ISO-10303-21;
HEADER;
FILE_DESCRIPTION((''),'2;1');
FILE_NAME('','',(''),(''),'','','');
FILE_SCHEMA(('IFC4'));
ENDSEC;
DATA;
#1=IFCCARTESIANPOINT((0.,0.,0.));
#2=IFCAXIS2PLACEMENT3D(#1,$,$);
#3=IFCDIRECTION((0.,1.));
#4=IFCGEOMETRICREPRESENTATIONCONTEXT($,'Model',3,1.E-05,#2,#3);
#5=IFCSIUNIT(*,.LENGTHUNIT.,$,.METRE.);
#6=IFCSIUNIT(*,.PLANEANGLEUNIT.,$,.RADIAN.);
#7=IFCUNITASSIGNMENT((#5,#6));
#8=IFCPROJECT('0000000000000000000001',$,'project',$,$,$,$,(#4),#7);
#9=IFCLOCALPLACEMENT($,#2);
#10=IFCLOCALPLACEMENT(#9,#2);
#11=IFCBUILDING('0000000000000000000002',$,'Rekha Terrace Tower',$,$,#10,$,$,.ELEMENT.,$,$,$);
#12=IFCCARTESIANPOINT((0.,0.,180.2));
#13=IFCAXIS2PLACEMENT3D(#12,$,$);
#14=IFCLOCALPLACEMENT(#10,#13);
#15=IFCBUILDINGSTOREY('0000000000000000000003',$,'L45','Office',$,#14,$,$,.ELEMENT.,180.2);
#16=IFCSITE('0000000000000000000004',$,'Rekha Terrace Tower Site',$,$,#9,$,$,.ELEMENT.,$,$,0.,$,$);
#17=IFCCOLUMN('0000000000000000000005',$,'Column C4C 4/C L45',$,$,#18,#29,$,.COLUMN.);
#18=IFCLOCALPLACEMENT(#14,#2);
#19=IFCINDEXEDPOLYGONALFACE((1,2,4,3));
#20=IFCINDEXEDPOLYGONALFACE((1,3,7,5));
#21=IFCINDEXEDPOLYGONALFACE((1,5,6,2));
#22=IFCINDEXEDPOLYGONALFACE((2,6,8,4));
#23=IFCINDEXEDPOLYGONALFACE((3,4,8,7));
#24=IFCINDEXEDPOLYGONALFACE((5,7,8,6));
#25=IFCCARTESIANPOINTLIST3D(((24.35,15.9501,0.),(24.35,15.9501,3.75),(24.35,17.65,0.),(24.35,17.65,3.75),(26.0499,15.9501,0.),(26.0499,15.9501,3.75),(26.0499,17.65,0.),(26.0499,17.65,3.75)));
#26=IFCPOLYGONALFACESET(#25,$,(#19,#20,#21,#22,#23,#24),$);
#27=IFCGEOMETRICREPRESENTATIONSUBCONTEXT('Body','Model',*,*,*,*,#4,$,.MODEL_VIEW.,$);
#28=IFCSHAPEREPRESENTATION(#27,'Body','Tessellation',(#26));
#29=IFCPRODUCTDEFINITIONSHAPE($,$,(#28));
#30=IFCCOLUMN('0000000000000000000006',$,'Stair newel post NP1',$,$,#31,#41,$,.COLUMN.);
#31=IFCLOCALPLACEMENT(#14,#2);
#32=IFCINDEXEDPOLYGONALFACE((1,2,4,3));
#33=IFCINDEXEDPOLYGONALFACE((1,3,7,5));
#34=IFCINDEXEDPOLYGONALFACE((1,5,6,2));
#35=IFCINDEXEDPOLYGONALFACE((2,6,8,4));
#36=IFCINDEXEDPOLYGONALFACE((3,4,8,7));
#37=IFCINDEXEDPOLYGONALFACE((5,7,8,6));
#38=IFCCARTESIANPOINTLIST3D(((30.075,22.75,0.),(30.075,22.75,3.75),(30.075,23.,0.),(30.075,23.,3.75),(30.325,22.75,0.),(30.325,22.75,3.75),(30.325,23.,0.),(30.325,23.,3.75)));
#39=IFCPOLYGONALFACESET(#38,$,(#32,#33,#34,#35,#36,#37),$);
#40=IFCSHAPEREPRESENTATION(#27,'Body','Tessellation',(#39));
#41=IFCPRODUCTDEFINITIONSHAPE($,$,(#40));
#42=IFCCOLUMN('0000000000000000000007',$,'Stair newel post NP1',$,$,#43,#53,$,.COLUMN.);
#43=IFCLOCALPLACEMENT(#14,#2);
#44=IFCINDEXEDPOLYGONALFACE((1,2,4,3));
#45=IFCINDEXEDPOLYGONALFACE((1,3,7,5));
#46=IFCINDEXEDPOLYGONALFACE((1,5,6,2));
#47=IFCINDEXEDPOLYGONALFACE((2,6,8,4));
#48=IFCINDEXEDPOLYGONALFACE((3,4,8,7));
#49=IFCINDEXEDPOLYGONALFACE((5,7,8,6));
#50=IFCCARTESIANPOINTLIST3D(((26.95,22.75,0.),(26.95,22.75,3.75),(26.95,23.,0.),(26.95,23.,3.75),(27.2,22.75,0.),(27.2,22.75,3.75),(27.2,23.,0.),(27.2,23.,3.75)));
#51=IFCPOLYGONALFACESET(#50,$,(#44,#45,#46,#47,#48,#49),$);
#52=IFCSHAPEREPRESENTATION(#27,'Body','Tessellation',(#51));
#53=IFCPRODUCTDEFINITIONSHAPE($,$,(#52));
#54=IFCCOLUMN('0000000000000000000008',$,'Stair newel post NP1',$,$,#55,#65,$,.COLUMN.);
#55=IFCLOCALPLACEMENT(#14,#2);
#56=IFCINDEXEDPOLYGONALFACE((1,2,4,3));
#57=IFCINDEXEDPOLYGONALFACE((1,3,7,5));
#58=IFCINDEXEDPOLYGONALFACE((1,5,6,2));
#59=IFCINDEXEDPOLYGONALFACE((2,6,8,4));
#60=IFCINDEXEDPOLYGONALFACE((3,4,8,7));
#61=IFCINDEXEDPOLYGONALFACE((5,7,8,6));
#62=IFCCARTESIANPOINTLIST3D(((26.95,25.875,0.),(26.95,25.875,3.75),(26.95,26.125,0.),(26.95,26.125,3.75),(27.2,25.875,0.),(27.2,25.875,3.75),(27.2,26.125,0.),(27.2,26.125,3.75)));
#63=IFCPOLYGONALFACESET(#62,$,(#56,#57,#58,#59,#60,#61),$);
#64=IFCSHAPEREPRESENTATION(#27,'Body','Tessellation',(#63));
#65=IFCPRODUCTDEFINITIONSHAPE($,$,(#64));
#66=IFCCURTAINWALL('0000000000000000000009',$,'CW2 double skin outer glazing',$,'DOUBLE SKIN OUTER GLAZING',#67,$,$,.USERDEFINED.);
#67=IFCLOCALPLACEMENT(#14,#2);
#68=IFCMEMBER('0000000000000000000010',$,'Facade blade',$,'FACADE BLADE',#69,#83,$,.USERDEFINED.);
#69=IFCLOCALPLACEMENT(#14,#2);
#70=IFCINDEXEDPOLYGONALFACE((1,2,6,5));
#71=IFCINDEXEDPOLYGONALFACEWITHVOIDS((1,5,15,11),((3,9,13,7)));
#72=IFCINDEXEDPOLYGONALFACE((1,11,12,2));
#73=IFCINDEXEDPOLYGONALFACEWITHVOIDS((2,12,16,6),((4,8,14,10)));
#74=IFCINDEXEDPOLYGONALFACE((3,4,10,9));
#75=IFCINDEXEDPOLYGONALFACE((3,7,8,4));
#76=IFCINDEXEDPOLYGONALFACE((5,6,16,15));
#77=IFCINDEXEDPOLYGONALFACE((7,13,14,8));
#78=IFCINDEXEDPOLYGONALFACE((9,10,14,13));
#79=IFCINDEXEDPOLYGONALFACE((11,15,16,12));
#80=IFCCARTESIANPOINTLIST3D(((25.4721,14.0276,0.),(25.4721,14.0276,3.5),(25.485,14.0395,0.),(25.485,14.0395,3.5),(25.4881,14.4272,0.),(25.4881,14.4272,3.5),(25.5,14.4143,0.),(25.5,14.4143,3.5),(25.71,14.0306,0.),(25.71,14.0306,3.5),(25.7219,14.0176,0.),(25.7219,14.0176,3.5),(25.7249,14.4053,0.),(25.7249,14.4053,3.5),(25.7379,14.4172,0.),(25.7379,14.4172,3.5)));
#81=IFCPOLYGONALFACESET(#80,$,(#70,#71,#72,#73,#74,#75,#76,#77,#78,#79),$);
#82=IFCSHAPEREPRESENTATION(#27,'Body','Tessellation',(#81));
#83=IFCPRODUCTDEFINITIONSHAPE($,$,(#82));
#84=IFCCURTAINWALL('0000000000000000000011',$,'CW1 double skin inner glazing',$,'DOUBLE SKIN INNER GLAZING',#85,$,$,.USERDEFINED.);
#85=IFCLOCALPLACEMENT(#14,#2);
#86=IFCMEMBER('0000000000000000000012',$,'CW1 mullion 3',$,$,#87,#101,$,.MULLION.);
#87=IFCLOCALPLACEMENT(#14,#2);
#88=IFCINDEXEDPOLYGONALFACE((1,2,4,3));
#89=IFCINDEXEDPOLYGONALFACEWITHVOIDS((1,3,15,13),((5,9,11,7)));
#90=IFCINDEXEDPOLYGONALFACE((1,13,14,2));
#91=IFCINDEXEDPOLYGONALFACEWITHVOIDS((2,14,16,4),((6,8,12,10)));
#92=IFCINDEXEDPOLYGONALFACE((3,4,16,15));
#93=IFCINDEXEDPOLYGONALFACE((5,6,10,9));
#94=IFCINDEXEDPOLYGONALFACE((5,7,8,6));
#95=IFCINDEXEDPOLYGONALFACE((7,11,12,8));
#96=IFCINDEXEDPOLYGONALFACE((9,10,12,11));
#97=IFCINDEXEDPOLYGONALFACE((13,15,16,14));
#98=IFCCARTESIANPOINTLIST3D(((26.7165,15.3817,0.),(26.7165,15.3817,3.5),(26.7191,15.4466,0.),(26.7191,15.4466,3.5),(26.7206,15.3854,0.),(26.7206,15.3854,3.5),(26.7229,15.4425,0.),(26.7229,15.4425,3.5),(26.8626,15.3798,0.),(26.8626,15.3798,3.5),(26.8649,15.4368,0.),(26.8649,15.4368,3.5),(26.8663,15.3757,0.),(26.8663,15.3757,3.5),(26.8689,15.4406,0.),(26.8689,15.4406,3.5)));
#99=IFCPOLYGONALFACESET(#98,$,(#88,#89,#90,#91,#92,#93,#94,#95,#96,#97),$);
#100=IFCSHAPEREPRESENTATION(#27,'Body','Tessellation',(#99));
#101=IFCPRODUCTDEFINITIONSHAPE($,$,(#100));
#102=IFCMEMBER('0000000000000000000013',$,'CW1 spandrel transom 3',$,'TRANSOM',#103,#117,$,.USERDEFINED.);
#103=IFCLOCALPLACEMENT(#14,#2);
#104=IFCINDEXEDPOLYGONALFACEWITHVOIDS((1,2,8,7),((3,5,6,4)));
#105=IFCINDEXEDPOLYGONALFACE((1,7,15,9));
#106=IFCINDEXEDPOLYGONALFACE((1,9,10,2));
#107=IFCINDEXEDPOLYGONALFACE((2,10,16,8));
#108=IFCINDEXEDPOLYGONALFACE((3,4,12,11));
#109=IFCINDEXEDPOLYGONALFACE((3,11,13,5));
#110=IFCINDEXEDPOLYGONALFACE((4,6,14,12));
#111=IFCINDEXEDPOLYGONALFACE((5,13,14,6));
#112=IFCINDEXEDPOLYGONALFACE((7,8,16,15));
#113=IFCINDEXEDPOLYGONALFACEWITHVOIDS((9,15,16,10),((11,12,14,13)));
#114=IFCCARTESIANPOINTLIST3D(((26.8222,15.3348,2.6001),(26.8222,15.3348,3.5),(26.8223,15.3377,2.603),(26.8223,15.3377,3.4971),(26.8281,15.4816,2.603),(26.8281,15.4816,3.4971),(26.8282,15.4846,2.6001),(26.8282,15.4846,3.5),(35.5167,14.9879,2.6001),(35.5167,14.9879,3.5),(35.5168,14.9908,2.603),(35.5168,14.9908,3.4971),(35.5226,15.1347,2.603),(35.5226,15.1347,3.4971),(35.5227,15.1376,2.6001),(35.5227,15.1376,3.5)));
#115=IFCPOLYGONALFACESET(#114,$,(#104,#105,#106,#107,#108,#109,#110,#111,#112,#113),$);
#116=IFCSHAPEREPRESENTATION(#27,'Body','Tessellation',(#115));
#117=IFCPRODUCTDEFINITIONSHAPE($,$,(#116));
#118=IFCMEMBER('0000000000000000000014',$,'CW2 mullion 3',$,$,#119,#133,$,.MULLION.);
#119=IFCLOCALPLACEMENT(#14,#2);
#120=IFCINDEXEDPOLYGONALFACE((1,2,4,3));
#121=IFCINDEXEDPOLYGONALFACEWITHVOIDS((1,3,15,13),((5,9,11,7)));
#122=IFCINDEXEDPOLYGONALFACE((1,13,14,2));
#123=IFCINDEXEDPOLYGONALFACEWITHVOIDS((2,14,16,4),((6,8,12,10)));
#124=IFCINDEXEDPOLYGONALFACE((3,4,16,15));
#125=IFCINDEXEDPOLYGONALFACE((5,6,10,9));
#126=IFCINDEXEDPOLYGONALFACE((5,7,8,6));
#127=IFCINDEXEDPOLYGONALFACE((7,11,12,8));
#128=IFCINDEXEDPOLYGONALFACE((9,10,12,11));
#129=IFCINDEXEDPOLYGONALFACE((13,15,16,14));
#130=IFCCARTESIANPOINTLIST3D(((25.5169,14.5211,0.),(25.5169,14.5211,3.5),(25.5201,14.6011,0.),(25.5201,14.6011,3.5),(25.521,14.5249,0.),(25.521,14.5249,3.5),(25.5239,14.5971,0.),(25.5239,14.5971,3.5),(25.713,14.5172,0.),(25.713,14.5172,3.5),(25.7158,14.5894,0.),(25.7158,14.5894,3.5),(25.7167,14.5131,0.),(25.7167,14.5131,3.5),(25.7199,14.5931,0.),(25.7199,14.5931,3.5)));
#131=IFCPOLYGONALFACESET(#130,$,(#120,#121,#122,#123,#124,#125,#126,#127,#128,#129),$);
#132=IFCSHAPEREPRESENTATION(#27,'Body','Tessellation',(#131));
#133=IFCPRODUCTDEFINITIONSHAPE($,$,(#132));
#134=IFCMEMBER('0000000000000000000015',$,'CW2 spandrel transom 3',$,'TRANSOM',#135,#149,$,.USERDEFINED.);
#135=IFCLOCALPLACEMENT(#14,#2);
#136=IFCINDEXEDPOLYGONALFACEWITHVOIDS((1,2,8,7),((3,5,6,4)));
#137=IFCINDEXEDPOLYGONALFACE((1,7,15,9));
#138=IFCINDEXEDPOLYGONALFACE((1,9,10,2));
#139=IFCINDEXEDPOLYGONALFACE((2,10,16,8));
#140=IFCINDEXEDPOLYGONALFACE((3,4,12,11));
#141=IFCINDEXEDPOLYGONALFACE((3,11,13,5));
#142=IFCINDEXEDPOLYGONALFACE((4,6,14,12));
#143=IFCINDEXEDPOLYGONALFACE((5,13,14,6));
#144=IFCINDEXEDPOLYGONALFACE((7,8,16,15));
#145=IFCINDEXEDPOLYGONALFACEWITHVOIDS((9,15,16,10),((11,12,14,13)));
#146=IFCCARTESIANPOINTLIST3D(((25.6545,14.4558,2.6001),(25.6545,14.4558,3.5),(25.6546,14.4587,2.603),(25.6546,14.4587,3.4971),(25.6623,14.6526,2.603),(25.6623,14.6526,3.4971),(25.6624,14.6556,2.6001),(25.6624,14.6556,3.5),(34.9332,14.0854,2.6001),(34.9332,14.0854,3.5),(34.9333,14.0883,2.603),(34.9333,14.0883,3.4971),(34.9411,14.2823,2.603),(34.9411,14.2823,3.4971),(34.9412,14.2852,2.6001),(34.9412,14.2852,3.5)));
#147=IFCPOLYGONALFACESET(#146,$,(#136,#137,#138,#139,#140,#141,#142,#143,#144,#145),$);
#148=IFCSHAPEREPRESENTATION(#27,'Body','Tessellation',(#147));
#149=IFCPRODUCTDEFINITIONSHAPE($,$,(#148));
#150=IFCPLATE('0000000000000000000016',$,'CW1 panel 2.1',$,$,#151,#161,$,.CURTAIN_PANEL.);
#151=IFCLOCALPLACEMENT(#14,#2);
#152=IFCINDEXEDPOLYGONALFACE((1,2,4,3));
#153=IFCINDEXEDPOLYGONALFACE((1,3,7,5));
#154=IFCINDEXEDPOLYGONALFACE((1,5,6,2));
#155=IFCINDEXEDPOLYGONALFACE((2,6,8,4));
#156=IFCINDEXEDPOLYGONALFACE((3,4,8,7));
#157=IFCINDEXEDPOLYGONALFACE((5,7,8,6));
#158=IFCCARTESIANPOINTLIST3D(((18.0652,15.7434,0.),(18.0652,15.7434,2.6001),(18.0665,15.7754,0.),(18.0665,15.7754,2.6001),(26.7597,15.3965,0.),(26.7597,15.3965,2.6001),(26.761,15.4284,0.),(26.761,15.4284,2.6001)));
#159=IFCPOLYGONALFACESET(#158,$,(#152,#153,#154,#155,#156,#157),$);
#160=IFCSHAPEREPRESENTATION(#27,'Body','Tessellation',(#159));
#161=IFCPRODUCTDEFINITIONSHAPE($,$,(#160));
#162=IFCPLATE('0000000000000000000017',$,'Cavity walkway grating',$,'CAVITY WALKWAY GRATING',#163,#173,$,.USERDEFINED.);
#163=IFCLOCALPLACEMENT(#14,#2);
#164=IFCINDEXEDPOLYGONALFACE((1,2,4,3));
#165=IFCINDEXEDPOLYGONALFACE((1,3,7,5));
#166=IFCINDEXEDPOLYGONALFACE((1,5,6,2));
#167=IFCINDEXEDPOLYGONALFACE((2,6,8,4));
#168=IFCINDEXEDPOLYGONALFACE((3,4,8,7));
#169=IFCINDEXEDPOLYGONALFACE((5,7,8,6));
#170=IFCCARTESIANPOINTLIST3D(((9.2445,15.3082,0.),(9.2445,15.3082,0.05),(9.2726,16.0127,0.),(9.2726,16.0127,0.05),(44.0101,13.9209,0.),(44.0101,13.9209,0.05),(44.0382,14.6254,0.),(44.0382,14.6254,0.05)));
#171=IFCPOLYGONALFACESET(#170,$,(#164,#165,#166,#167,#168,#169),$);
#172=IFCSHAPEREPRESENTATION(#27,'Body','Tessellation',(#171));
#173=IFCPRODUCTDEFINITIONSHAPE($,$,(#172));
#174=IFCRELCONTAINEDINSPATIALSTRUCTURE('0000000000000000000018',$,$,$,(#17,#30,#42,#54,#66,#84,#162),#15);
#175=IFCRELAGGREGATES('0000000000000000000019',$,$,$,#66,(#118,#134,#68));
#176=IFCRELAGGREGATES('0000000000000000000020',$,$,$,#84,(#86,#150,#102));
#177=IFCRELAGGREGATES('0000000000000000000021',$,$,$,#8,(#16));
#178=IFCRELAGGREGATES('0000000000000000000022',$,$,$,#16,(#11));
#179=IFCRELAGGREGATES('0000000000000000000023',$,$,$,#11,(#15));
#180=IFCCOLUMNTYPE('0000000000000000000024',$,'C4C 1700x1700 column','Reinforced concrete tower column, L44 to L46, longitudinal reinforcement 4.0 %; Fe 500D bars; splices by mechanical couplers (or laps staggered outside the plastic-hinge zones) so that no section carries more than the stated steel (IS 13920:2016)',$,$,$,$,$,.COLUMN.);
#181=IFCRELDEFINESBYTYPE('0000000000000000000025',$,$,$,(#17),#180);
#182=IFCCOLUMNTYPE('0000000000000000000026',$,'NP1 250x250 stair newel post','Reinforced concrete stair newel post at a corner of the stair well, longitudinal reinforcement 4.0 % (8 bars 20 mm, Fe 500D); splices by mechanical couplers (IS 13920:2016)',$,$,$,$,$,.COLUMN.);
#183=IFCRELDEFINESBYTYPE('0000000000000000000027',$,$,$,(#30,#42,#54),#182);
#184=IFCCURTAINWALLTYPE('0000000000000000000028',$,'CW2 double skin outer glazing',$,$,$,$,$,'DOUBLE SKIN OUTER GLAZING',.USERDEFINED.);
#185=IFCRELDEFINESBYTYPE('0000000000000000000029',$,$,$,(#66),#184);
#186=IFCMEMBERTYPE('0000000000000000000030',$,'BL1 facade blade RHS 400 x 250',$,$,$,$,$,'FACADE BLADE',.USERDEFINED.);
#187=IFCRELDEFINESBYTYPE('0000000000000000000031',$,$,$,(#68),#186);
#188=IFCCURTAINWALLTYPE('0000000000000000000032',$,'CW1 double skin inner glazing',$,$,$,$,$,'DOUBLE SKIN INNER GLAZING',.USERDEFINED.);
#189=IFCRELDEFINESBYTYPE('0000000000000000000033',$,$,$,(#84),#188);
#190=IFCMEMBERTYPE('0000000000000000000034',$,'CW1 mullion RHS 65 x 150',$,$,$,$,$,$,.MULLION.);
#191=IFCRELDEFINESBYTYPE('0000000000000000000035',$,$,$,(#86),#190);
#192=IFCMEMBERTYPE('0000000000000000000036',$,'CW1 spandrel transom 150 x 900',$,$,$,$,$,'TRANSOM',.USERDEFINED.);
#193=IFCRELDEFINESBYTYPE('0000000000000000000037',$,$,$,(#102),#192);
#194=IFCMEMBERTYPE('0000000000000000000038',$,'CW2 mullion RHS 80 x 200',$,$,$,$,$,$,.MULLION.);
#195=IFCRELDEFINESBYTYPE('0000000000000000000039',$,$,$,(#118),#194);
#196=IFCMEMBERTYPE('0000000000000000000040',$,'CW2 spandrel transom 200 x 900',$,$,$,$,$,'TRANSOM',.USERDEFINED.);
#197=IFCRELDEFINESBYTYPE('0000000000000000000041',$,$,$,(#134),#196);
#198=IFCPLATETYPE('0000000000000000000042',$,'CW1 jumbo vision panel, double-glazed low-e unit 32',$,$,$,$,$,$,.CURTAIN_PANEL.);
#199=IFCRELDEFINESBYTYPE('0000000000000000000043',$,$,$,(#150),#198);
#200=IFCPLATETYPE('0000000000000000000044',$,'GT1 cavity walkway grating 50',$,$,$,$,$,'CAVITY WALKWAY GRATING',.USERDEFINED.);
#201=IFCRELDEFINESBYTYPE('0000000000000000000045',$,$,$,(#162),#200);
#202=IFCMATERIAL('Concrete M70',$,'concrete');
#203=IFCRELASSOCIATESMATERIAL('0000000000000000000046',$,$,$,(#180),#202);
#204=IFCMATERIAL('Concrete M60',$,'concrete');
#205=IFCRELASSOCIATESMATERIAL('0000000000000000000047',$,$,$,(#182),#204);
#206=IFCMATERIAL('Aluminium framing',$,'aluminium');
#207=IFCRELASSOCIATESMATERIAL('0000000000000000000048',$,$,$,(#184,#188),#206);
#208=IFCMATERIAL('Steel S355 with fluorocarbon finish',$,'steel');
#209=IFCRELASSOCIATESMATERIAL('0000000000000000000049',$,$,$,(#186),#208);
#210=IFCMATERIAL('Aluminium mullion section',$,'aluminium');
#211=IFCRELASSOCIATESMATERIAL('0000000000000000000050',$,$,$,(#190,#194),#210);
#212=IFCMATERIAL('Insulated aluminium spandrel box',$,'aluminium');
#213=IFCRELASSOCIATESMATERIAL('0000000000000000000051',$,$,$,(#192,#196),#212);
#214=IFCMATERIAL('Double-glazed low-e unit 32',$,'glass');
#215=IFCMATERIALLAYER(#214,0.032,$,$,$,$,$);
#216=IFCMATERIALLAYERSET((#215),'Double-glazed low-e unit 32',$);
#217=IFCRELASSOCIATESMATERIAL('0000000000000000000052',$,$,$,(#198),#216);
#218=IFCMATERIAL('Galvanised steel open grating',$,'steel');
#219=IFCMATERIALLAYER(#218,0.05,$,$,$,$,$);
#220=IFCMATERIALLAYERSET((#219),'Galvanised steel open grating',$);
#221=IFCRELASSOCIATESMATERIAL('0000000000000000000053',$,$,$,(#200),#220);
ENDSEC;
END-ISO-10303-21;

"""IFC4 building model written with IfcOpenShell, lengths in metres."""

from ifc_helpers import new_model, si_unit, direction, frame, origin, origin_2d, place, context, subcontext, project, spatial, rectangle, hollow_rectangle, extrude, material, layer, layer_set, material_profile, profile_set, type_object, element, aggregate, save


model = new_model("IFC4")

# Units and contexts
model_context = context("Model", 3, precision=1e-05, world=origin(), true_north=direction((0.0, 1.0)))
body_context = subcontext(model_context, "Body", "Model", "MODEL_VIEW")
ifc_project = project(units=[si_unit("LENGTHUNIT", "METRE"), si_unit("PLANEANGLEUNIT", "RADIAN")], contexts=[model_context])

# Site, building, storey
site_placement = place(None, origin())
site = spatial("IfcSite", under=ifc_project, at=site_placement, Name="Rekha Terrace Tower Site", CompositionType="ELEMENT", RefElevation=0.0)
building_placement = place(site_placement, origin())
building = spatial("IfcBuilding", under=site, at=building_placement, Name="Rekha Terrace Tower", CompositionType="ELEMENT")
storey_placement = place(building_placement, frame((0.0, 0.0, 180.2)))
storey = spatial("IfcBuildingStorey", under=building, at=storey_placement, Name="L45", Description="Office", CompositionType="ELEMENT", Elevation=180.2)

# Columns
ifc_material_1 = material(Name="Concrete M70", Category="concrete")
ifc_material_profile_1 = material_profile(ifc_material_1, rectangle(XDim=1.7, YDim=1.7, at=origin_2d()), Name="RC 1700x1700")
ifc_profile_set_1 = profile_set([ifc_material_profile_1], Name="Concrete M70")
column_type_1 = type_object("IfcColumnType", Name="C4C 1700x1700 column", Description="Reinforced concrete tower column, L44 to L46, longitudinal reinforcement 4.0 %; Fe 500D bars; splices by mechanical couplers (or laps staggered outside the plastic-hinge zones) so that no section carries more than the stated steel (IS 13920:2016)", PredefinedType="COLUMN", material=ifc_profile_set_1)
column_placement = place(storey_placement, frame((25.2, 16.8, 0.0), z_axis=(0.0, 0.0, 1.0), x_axis=(1.0, 0.0, 0.0)))
element("IfcColumn", 1, at=column_placement, inside=storey, type_object=column_type_1, Name="Column C4C 4/C L45", PredefinedType="COLUMN", context=body_context, shape_type="SweptSolid", body=[
    extrude(rectangle(XDim=1.7, YDim=1.7, at=origin_2d()), origin(), (0.0, 0.0, 1.0), 3.75),
])
ifc_material_2 = material(Name="Concrete M60", Category="concrete")
ifc_material_profile_2 = material_profile(ifc_material_2, rectangle(XDim=0.25, YDim=0.25, at=origin_2d()), Name="RC 250x250")
ifc_profile_set_2 = profile_set([ifc_material_profile_2], Name="Concrete M60")
column_type_2 = type_object("IfcColumnType", Name="NP1 250x250 stair newel post", Description="Reinforced concrete stair newel post at a corner of the stair well, longitudinal reinforcement 4.0 % (8 bars 20 mm, Fe 500D); splices by mechanical couplers (IS 13920:2016)", PredefinedType="COLUMN", material=ifc_profile_set_2)
for number, where, z_axis, x_axis, name in (
    (2, (30.2, 22.875, 0.0), (0.0, 0.0, 1.0), (1.0, 0.0, 0.0), "Stair newel post NP1"),
    (3, (27.075, 22.875, 0.0), (0.0, 0.0, 1.0), (1.0, 0.0, 0.0), "Stair newel post NP1"),
    (4, (27.075, 26.0, 0.0), (0.0, 0.0, 1.0), (1.0, 0.0, 0.0), "Stair newel post NP1"),
):
    element("IfcColumn", number, at=place(storey_placement, frame(where, z_axis=z_axis, x_axis=x_axis)), inside=storey, type_object=column_type_2, Name=name, PredefinedType="COLUMN", context=body_context, shape_type="SweptSolid", body=[
        extrude(rectangle(XDim=0.25, YDim=0.25, at=origin_2d()), origin(), (0.0, 0.0, 1.0), 3.75),
    ])

# Curtain wall, member
ifc_material_3 = material(Name="Aluminium framing", Category="aluminium")
curtain_wall_type_1 = type_object("IfcCurtainWallType", Name="CW2 double skin outer glazing", ElementType="DOUBLE SKIN OUTER GLAZING", PredefinedType="USERDEFINED", material=ifc_material_3)
curtain_wall_1_placement = place(storey_placement, origin())
curtain_wall_1 = element("IfcCurtainWall", 5, at=curtain_wall_1_placement, inside=storey, type_object=curtain_wall_type_1, Name="CW2 double skin outer glazing", ObjectType="DOUBLE SKIN OUTER GLAZING", PredefinedType="USERDEFINED")
ifc_material_4 = material(Name="Steel S355 with fluorocarbon finish", Category="steel")
ifc_material_profile_3 = material_profile(ifc_material_4, hollow_rectangle(XDim=0.25, YDim=0.3999, WallThickness=0.0125, at=origin_2d()), Name="RHS400x250x12.5")
ifc_profile_set_3 = profile_set([ifc_material_profile_3], Name="Steel S355 with fluorocarbon finish")
member_type_1 = type_object("IfcMemberType", Name="BL1 facade blade RHS 400 x 250", ElementType="FACADE BLADE", PredefinedType="USERDEFINED", material=ifc_profile_set_3)
member_1_placement = place(storey_placement, frame((25.605, 14.2224, 0.0), z_axis=(0.0, 0.0, 1.0), x_axis=(0.999205, -0.039872, 0.0)))
member_1 = element("IfcMember", 6, at=member_1_placement, type_object=member_type_1, Name="Facade blade", ObjectType="FACADE BLADE", PredefinedType="USERDEFINED", context=body_context, shape_type="SweptSolid", body=[
    extrude(hollow_rectangle(XDim=0.25, YDim=0.3999, WallThickness=0.0125, at=origin_2d()), origin(), (0.0, 0.0, 1.0), 3.5),
])

# Curtain wall, members
curtain_wall_type_2 = type_object("IfcCurtainWallType", Name="CW1 double skin inner glazing", ElementType="DOUBLE SKIN INNER GLAZING", PredefinedType="USERDEFINED", material=ifc_material_3)
curtain_wall_2_placement = place(storey_placement, origin())
curtain_wall_2 = element("IfcCurtainWall", 7, at=curtain_wall_2_placement, inside=storey, type_object=curtain_wall_type_2, Name="CW1 double skin inner glazing", ObjectType="DOUBLE SKIN INNER GLAZING", PredefinedType="USERDEFINED")
ifc_material_5 = material(Name="Aluminium mullion section", Category="aluminium")
ifc_material_profile_4 = material_profile(ifc_material_5, hollow_rectangle(XDim=0.0649, YDim=0.1499, WallThickness=0.0039, at=origin_2d()), Name="AL RHS 65x150")
ifc_profile_set_4 = profile_set([ifc_material_profile_4], Name="Aluminium mullion section")
member_type_2 = type_object("IfcMemberType", Name="CW1 mullion RHS 65 x 150", PredefinedType="MULLION", material=ifc_profile_set_4)
member_2_placement = place(storey_placement, frame((26.7927, 15.4111, 0.0), z_axis=(0.0, 0.0, 1.0), x_axis=(0.039872, 0.999205, 0.0)))
member_2 = element("IfcMember", 8, at=member_2_placement, type_object=member_type_2, Name="CW1 mullion 3", PredefinedType="MULLION", context=body_context, shape_type="SweptSolid", body=[
    extrude(hollow_rectangle(XDim=0.0649, YDim=0.1499, WallThickness=0.0039, at=origin_2d()), origin(), (0.0, 0.0, 1.0), 3.5),
])
ifc_material_6 = material(Name="Insulated aluminium spandrel box", Category="aluminium")
ifc_material_profile_5 = material_profile(ifc_material_6, hollow_rectangle(XDim=0.1499, YDim=0.8999, WallThickness=0.0029, at=origin_2d()), Name="AL SPANDREL BOX 150x900")
ifc_profile_set_5 = profile_set([ifc_material_profile_5], Name="Insulated aluminium spandrel box")
member_type_3 = type_object("IfcMemberType", Name="CW1 spandrel transom 150 x 900", ElementType="TRANSOM", PredefinedType="USERDEFINED", material=ifc_profile_set_5)
member_3_placement = place(storey_placement, frame((26.8252, 15.4097, 3.05), z_axis=(0.999205, -0.039869, 0.0), x_axis=(0.039869, 0.999205, 0.0)))
member_3 = element("IfcMember", 9, at=member_3_placement, type_object=member_type_3, Name="CW1 spandrel transom 3", ObjectType="TRANSOM", PredefinedType="USERDEFINED", context=body_context, shape_type="SweptSolid", body=[
    extrude(hollow_rectangle(XDim=0.1499, YDim=0.8999, WallThickness=0.0029, at=origin_2d()), origin(), (0.0, 0.0, 1.0), 8.7014),
])

# Members
ifc_material_profile_6 = material_profile(ifc_material_5, hollow_rectangle(XDim=0.0801, YDim=0.2, WallThickness=0.0039, at=origin_2d()), Name="AL RHS 80x200")
ifc_profile_set_6 = profile_set([ifc_material_profile_6], Name="Aluminium mullion section")
member_type_4 = type_object("IfcMemberType", Name="CW2 mullion RHS 80 x 200", PredefinedType="MULLION", material=ifc_profile_set_6)
member_4_placement = place(storey_placement, frame((25.6184, 14.5571, 0.0), z_axis=(0.0, 0.0, 1.0), x_axis=(0.039872, 0.999205, 0.0)))
member_4 = element("IfcMember", 10, at=member_4_placement, type_object=member_type_4, Name="CW2 mullion 3", PredefinedType="MULLION", context=body_context, shape_type="SweptSolid", body=[
    extrude(hollow_rectangle(XDim=0.0801, YDim=0.2, WallThickness=0.0039, at=origin_2d()), origin(), (0.0, 0.0, 1.0), 3.5),
])
ifc_material_profile_7 = material_profile(ifc_material_6, hollow_rectangle(XDim=0.2, YDim=0.8999, WallThickness=0.0029, at=origin_2d()), Name="AL SPANDREL BOX 200x900")
ifc_profile_set_7 = profile_set([ifc_material_profile_7], Name="Insulated aluminium spandrel box")
member_type_5 = type_object("IfcMemberType", Name="CW2 spandrel transom 200 x 900", ElementType="TRANSOM", PredefinedType="USERDEFINED", material=ifc_profile_set_7)
member_5_placement = place(storey_placement, frame((25.6584, 14.5557, 3.05), z_axis=(0.999204, -0.039883, 0.0), x_axis=(0.039883, 0.999204, 0.0)))
member_5 = element("IfcMember", 11, at=member_5_placement, type_object=member_type_5, Name="CW2 spandrel transom 3", ObjectType="TRANSOM", PredefinedType="USERDEFINED", context=body_context, shape_type="SweptSolid", body=[
    extrude(hollow_rectangle(XDim=0.2, YDim=0.8999, WallThickness=0.0029, at=origin_2d()), origin(), (0.0, 0.0, 1.0), 9.2861),
])
aggregate(curtain_wall_1, [member_4, member_5, member_1])

# Plates
ifc_material_7 = material(Name="Double-glazed low-e unit 32", Category="glass")
ifc_layer_1 = layer(ifc_material_7, 0.032)
ifc_layer_set_1 = layer_set([ifc_layer_1], Name="Double-glazed low-e unit 32")
plate_type_1 = type_object("IfcPlateType", Name="CW1 jumbo vision panel, double-glazed low-e unit 32", PredefinedType="CURTAIN_PANEL", material=ifc_layer_set_1)
plate_1_placement = place(storey_placement, frame((22.4131, 15.5859, 0.0), z_axis=(0.0, 0.0, 1.0), x_axis=(0.999205, -0.039872, 0.0)))
plate_1 = element("IfcPlate", 12, at=plate_1_placement, type_object=plate_type_1, Name="CW1 panel 2.1", PredefinedType="CURTAIN_PANEL", context=body_context, shape_type="SweptSolid", body=[
    extrude(rectangle(XDim=8.7014, YDim=0.032, at=origin_2d()), origin(), (0.0, 0.0, 1.0), 2.6001),
])
aggregate(curtain_wall_2, [member_2, plate_1, member_3])
ifc_material_8 = material(Name="Galvanised steel open grating", Category="steel")
ifc_layer_2 = layer(ifc_material_8, 0.05)
ifc_layer_set_2 = layer_set([ifc_layer_2], Name="Galvanised steel open grating")
plate_type_2 = type_object("IfcPlateType", Name="GT1 cavity walkway grating 50", ElementType="CAVITY WALKWAY GRATING", PredefinedType="USERDEFINED", material=ifc_layer_set_2)
plate_2_placement = place(storey_placement, frame((26.6414, 14.9668, 0.0), z_axis=(0.0, 0.0, 1.0), x_axis=(0.999205, -0.039872, 0.0)))
element("IfcPlate", 13, at=plate_2_placement, inside=storey, type_object=plate_type_2, Name="Cavity walkway grating", ObjectType="CAVITY WALKWAY GRATING", PredefinedType="USERDEFINED", context=body_context, shape_type="SweptSolid", body=[
    extrude(rectangle(XDim=34.7932, YDim=0.7051, at=origin_2d()), origin(), (0.0, 0.0, 1.0), 0.05),
])

save(model, "model.ifc")
